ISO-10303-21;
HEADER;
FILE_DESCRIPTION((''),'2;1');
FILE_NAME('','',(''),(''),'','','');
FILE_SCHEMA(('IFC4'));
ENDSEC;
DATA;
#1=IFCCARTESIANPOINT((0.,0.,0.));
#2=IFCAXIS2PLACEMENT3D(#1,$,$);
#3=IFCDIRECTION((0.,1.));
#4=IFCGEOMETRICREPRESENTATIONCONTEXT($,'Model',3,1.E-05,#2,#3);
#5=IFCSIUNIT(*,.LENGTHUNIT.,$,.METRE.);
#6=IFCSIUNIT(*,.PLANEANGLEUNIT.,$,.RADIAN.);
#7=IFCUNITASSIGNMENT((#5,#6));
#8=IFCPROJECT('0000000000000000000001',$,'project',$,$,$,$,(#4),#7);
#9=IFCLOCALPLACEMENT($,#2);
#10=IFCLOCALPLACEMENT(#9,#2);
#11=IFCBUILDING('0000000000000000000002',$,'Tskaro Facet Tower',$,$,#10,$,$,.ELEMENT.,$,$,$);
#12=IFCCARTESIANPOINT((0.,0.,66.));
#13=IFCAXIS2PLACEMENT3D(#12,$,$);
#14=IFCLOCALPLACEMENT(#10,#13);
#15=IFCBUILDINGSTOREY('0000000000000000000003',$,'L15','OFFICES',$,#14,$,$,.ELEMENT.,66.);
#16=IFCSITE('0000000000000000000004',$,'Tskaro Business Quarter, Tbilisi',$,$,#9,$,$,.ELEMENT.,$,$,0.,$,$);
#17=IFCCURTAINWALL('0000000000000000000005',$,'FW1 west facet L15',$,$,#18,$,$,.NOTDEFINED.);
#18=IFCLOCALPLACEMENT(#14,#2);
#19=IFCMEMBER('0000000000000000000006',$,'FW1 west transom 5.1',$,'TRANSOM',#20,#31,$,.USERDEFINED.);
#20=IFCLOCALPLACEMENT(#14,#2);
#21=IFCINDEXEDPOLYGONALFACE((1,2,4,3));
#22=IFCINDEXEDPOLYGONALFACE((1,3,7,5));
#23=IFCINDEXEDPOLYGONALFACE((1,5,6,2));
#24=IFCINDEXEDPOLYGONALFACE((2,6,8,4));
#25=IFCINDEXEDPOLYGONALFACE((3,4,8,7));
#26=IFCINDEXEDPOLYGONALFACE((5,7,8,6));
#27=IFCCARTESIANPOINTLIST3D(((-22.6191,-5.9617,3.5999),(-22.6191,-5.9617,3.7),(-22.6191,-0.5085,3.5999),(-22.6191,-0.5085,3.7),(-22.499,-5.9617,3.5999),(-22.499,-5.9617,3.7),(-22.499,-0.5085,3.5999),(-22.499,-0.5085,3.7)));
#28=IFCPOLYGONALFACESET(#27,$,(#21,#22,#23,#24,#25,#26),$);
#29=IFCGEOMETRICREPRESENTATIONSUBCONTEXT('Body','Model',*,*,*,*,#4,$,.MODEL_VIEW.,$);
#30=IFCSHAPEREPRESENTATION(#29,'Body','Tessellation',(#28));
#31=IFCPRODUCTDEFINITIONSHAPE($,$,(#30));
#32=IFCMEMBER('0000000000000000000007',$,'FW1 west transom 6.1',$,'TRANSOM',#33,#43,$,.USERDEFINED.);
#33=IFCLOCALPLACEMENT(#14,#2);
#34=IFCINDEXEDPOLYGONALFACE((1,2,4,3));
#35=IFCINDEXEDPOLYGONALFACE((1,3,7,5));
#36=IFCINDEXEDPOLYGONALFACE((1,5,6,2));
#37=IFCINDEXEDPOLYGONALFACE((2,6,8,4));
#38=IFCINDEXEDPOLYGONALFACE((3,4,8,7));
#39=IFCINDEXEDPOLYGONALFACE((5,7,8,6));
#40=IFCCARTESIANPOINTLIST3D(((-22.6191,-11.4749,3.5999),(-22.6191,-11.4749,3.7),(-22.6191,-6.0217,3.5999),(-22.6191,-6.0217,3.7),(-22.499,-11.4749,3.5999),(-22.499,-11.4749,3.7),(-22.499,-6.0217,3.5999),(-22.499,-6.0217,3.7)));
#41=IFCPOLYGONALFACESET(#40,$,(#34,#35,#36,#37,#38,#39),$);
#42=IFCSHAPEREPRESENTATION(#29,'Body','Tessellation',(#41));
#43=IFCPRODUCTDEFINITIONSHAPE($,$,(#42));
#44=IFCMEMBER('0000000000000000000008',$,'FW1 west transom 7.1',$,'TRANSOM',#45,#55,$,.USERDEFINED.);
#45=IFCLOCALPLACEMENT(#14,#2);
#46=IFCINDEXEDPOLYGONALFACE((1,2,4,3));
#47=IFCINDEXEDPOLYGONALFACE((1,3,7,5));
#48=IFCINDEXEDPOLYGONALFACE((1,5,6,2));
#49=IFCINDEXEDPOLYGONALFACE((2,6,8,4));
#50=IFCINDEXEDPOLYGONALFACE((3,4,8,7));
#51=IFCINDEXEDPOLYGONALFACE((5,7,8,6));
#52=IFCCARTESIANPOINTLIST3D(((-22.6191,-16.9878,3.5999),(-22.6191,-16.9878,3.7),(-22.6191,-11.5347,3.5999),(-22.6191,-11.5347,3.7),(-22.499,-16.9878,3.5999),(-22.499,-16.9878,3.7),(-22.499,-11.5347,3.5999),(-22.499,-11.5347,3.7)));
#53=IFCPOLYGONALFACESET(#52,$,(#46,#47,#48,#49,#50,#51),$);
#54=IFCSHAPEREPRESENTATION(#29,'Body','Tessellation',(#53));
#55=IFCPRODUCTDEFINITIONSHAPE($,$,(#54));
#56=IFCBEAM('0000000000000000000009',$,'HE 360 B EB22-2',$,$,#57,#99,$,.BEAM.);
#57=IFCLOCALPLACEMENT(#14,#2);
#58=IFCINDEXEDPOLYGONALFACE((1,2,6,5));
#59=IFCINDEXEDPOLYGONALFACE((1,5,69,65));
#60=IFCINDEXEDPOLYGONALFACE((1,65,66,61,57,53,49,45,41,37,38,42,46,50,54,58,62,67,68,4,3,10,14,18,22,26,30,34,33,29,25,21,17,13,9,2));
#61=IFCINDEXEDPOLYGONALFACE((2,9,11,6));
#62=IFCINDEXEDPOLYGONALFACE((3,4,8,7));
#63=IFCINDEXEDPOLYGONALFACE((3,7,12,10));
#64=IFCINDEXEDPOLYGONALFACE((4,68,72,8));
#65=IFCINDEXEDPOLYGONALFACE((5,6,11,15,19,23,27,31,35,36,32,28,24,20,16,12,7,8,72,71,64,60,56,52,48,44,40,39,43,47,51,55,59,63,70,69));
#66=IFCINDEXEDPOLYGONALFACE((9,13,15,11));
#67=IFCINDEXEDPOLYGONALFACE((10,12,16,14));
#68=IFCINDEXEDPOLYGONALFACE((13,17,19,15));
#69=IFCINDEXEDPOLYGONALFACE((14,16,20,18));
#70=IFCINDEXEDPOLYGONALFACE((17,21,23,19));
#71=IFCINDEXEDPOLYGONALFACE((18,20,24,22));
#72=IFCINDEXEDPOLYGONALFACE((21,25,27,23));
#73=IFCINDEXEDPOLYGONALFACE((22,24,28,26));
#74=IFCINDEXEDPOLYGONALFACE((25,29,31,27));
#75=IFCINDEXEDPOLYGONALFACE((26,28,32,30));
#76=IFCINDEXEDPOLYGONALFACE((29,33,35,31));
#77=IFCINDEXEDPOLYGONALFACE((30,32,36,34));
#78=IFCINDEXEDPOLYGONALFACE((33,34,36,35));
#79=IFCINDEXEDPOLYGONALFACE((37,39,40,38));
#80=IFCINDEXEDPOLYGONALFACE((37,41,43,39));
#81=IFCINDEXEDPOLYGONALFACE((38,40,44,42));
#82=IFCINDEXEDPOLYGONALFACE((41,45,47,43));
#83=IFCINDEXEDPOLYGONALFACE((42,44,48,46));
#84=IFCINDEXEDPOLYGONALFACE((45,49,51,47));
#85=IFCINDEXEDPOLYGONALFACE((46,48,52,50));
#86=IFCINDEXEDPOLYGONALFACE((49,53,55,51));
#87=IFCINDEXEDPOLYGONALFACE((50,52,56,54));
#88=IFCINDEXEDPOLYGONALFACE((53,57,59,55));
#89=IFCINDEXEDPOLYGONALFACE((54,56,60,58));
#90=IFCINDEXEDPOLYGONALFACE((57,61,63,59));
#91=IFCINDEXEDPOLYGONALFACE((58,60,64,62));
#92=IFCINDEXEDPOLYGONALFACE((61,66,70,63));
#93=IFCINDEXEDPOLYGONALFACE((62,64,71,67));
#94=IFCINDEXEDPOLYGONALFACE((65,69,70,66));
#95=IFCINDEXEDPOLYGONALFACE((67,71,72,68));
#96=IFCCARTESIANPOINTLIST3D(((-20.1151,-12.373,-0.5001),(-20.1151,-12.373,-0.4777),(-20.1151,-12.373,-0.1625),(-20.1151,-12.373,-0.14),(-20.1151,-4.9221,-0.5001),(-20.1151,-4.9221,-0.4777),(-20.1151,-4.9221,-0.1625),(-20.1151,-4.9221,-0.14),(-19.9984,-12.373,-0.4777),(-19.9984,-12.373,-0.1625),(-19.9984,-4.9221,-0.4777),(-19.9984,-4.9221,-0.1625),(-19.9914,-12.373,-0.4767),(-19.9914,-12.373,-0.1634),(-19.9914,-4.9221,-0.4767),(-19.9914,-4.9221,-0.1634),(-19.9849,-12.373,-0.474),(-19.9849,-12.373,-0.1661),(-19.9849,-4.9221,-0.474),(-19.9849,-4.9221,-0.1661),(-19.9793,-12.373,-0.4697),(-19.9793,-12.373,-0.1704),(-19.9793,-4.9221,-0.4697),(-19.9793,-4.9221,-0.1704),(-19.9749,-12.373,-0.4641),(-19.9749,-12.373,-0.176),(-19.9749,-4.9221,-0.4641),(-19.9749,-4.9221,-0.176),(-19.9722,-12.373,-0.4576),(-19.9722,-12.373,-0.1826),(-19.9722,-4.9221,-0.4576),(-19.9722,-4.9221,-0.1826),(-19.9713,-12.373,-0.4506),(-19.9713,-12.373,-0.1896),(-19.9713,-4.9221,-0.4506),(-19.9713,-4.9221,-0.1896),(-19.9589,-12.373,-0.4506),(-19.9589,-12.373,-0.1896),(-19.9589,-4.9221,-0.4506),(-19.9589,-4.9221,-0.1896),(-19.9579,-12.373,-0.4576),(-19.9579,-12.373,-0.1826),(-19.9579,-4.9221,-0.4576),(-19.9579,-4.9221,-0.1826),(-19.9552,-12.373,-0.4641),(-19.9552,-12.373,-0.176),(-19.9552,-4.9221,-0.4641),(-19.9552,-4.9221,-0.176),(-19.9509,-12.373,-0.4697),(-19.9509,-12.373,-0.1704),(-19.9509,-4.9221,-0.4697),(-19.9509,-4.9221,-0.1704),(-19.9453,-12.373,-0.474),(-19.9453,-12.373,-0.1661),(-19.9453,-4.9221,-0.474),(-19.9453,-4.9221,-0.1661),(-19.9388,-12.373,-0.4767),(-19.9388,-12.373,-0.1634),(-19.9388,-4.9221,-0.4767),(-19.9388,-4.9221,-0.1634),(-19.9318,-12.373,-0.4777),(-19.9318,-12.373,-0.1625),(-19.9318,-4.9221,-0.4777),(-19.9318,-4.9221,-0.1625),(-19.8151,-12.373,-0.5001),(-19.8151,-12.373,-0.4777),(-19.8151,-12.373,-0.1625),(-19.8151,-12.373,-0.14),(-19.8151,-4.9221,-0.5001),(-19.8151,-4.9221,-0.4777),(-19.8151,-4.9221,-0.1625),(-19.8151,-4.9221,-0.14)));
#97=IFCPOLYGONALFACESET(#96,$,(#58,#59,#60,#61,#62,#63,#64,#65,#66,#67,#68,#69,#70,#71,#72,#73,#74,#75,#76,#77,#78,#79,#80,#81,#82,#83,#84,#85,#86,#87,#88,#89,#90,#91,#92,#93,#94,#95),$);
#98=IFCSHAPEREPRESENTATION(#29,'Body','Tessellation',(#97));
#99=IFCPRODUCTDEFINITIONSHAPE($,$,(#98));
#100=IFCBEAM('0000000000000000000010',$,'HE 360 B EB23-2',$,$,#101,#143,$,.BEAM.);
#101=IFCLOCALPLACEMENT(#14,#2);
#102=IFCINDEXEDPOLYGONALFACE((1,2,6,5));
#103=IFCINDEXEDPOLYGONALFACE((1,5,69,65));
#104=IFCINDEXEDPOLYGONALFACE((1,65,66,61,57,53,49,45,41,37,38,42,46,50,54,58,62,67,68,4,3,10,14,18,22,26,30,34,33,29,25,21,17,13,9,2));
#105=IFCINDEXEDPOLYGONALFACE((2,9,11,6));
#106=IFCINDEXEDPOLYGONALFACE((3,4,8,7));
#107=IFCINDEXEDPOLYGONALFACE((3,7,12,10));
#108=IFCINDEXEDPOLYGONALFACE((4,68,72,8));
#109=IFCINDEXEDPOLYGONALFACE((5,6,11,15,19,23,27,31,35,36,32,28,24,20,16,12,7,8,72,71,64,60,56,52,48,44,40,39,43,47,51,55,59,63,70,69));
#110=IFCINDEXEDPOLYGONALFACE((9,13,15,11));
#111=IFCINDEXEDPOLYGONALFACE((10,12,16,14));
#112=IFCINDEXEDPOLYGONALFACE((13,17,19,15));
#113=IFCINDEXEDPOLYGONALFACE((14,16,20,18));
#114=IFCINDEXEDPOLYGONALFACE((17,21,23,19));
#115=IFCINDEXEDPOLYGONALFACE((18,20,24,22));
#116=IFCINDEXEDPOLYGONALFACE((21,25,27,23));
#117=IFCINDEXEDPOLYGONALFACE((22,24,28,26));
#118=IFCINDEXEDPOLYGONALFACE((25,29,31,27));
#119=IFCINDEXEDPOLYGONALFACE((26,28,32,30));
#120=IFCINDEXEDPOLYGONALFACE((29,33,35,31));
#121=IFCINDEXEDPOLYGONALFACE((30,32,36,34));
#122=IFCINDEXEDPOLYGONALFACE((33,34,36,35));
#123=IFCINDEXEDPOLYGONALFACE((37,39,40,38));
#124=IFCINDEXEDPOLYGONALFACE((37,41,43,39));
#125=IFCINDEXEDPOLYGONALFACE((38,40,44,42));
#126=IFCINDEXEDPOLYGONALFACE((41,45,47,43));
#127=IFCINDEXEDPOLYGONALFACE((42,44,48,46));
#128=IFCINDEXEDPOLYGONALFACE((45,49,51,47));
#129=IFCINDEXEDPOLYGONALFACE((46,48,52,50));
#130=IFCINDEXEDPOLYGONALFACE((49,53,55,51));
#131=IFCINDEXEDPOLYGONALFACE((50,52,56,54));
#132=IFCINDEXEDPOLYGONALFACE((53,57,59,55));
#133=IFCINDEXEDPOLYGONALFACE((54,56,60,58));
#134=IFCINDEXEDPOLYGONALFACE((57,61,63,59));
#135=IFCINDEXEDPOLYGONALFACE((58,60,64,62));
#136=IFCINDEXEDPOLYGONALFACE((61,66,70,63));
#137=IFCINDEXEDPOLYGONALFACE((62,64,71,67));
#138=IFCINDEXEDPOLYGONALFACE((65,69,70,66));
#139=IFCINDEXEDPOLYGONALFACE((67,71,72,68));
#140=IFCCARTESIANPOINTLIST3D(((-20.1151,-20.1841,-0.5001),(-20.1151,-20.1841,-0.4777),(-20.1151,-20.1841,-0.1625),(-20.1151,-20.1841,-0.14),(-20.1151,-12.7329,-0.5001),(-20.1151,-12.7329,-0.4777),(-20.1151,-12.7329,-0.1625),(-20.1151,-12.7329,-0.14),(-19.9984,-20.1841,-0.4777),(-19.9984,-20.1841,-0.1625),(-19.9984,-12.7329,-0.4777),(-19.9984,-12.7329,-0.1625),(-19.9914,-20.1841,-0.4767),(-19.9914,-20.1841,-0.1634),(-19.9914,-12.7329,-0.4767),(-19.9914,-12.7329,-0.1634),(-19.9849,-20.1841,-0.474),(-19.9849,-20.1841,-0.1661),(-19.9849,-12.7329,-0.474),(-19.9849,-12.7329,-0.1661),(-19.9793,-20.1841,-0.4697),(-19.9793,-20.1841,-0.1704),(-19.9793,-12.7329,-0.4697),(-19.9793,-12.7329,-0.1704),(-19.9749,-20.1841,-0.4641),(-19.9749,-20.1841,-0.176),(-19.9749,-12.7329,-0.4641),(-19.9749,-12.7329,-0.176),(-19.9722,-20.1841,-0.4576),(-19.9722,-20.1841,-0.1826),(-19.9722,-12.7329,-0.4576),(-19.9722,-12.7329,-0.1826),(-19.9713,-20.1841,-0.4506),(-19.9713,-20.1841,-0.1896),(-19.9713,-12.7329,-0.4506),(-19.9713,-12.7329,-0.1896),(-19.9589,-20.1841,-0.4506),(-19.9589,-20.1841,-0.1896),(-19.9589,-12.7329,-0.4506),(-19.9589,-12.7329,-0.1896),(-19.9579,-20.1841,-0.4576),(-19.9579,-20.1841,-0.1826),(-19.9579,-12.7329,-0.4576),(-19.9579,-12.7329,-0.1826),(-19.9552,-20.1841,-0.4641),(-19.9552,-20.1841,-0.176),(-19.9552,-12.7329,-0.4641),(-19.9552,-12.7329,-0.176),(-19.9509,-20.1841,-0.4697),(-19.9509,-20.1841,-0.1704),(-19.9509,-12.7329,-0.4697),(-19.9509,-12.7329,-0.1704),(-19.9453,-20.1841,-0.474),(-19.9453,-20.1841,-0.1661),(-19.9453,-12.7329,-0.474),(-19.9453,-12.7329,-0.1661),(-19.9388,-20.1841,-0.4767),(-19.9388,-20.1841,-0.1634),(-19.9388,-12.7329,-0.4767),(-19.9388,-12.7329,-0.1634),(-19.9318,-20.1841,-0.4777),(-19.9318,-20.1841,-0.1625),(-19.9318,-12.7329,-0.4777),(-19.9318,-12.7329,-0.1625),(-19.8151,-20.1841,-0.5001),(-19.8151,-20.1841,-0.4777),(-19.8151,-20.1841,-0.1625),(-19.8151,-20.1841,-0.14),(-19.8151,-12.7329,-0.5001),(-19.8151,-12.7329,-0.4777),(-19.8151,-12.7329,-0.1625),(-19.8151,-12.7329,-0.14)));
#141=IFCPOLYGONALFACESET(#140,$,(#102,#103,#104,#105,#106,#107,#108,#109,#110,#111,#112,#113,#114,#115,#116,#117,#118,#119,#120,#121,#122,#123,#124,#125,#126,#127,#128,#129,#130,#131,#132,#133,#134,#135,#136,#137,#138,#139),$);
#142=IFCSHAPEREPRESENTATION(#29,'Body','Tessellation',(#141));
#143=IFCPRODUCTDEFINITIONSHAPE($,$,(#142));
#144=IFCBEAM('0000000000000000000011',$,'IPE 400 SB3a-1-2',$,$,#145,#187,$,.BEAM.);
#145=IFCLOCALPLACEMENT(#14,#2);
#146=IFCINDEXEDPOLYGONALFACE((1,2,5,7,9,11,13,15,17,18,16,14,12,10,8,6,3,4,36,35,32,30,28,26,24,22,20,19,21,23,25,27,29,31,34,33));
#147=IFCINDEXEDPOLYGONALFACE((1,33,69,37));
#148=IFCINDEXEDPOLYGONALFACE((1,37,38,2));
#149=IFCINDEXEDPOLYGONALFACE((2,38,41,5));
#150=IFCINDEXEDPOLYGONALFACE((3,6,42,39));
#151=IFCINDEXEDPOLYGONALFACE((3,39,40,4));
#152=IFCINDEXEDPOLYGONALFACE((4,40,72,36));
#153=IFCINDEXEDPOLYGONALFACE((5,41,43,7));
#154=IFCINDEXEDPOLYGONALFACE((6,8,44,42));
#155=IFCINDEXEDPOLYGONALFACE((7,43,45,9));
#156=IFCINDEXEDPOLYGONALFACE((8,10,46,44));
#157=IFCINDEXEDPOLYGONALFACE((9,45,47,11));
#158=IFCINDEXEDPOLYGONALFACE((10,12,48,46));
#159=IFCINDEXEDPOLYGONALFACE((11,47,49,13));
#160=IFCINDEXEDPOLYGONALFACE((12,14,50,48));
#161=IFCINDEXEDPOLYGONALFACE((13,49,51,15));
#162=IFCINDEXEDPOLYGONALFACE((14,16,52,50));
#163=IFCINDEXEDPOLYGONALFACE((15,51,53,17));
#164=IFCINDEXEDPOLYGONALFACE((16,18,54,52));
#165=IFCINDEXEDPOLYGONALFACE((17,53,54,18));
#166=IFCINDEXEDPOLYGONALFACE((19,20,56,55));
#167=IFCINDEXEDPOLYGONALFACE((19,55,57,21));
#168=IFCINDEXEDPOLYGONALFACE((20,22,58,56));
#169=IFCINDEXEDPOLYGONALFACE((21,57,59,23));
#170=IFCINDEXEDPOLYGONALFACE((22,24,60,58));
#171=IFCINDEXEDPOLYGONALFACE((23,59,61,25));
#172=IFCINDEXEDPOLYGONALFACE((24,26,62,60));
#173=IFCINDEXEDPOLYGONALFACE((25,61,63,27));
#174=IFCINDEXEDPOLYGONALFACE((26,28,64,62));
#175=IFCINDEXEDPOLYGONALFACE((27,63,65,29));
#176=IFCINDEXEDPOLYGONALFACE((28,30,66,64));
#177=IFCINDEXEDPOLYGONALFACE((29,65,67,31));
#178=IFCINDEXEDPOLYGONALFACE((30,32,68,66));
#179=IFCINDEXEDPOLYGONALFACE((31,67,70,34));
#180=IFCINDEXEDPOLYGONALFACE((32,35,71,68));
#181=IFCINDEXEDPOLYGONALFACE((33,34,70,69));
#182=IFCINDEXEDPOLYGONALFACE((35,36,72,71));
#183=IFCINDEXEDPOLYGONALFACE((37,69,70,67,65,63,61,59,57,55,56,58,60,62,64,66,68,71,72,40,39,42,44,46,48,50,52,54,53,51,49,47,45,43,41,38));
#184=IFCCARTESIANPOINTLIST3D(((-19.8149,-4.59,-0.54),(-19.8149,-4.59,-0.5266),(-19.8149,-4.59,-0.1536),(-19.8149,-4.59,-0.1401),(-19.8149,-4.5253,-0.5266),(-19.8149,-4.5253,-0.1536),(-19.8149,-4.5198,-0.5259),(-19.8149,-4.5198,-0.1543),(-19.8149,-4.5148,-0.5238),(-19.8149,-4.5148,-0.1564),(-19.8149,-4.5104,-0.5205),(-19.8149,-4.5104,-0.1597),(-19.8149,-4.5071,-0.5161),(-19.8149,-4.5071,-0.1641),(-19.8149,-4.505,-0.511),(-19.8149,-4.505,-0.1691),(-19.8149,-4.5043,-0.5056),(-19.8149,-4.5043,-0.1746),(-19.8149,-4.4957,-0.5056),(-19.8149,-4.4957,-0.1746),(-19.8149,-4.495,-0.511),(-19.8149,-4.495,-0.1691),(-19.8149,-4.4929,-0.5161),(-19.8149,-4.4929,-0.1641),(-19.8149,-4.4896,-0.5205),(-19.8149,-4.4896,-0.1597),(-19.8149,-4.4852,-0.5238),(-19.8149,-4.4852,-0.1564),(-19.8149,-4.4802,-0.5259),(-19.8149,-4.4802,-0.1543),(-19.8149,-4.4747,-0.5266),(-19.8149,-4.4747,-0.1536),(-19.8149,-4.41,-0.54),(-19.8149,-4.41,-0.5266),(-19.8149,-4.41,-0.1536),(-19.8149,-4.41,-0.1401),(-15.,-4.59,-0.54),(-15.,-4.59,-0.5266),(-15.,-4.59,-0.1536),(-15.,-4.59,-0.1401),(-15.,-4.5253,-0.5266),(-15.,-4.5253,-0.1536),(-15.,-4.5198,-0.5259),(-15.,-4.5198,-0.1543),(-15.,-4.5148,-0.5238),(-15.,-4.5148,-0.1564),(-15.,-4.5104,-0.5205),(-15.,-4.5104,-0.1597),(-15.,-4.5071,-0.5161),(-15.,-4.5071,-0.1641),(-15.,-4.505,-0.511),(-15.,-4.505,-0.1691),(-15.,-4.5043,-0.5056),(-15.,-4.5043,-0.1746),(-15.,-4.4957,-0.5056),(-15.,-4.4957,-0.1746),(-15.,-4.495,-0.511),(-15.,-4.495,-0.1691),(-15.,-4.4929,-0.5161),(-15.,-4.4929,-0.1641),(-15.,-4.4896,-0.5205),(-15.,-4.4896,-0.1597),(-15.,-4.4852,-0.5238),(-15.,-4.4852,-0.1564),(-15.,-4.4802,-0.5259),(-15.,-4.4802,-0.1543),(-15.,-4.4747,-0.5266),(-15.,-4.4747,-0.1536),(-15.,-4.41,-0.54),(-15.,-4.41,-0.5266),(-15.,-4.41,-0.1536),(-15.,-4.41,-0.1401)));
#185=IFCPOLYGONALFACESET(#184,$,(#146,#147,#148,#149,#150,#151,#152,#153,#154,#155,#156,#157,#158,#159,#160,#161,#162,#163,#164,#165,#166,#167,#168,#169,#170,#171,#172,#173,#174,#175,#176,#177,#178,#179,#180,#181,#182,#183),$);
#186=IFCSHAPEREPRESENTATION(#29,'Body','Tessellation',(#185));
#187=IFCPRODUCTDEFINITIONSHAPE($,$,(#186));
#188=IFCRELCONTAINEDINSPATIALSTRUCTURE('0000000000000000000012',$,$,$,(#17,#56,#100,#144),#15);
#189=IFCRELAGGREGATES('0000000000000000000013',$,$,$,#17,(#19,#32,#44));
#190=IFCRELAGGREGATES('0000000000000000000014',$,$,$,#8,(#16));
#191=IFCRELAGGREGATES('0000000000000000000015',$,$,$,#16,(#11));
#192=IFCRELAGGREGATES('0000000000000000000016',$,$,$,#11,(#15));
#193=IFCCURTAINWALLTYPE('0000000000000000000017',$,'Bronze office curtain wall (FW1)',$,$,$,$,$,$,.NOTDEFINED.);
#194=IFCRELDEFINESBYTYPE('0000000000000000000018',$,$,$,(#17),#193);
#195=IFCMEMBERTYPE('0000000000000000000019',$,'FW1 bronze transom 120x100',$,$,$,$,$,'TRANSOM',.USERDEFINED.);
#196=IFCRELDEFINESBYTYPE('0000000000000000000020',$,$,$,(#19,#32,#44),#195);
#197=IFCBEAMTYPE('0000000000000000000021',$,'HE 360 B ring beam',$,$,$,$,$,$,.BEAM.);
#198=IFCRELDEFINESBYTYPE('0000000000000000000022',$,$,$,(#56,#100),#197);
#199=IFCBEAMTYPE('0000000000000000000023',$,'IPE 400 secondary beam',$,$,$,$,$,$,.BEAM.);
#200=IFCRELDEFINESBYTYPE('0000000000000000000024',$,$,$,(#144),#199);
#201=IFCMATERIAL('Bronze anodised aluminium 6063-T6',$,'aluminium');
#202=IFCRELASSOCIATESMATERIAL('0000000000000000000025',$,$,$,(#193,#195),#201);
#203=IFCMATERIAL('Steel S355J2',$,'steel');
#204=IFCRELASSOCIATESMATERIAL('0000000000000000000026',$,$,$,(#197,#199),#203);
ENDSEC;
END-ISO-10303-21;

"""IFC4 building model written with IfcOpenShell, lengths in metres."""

from ifc_helpers import new_model, si_unit, direction, frame, origin, origin_2d, place, context, subcontext, project, spatial, rectangle, i_section, extrude, material, material_profile, profile_set, type_object, element, aggregate, save


model = new_model("IFC4")

# Units and contexts
model_context = context("Model", 3, precision=1e-05, world=origin(), true_north=direction((0.0, 1.0)))
body_context = subcontext(model_context, "Body", "Model", "MODEL_VIEW")
ifc_project = project(units=[si_unit("LENGTHUNIT", "METRE"), si_unit("PLANEANGLEUNIT", "RADIAN")], contexts=[model_context])

# Site, building, storey
site_placement = place(None, origin())
site = spatial("IfcSite", under=ifc_project, at=site_placement, Name="Tskaro Business Quarter, Tbilisi", CompositionType="ELEMENT", RefElevation=0.0)
building_placement = place(site_placement, origin())
building = spatial("IfcBuilding", under=site, at=building_placement, Name="Tskaro Facet Tower", CompositionType="ELEMENT")
storey_placement = place(building_placement, frame((0.0, 0.0, 66.0)))
storey = spatial("IfcBuildingStorey", under=building, at=storey_placement, Name="L15", Description="OFFICES", CompositionType="ELEMENT", Elevation=66.0)

# Curtain wall, members
ifc_material_1 = material(Name="Bronze anodised aluminium 6063-T6", Category="aluminium")
curtain_wall_type = type_object("IfcCurtainWallType", Name="Bronze office curtain wall (FW1)", PredefinedType="NOTDEFINED", material=ifc_material_1)
curtain_wall_placement = place(storey_placement, origin())
curtain_wall = element("IfcCurtainWall", 1, at=curtain_wall_placement, inside=storey, type_object=curtain_wall_type, Name="FW1 west facet L15", PredefinedType="NOTDEFINED")
ifc_material_profile_1 = material_profile(ifc_material_1, rectangle(XDim=0.1201, YDim=0.1001, at=origin_2d()), Name="Transom 120x100")
ifc_profile_set_1 = profile_set([ifc_material_profile_1], Name="Bronze anodised aluminium 6063-T6")
member_type_1 = type_object("IfcMemberType", Name="FW1 bronze transom 120x100", ElementType="TRANSOM", PredefinedType="USERDEFINED", material=ifc_profile_set_1)
member_1_placement = place(storey_placement, frame((-22.5591, -0.5085, 3.6499), z_axis=(0.0, -1.0, 0.0), x_axis=(1.0, 0.0, 0.0)))
member_1 = element("IfcMember", 2, at=member_1_placement, type_object=member_type_1, Name="FW1 west transom 5.1", ObjectType="TRANSOM", PredefinedType="USERDEFINED", context=body_context, shape_type="SweptSolid", body=[
    extrude(rectangle(XDim=0.1201, YDim=0.1001, at=origin_2d()), origin(), (0.0, 0.0, 1.0), 5.4531),
])
member_2_placement = place(storey_placement, frame((-22.5591, -6.0217, 3.6499), z_axis=(0.0, -1.0, 0.0), x_axis=(1.0, 0.0, 0.0)))
member_2 = element("IfcMember", 3, at=member_2_placement, type_object=member_type_1, Name="FW1 west transom 6.1", ObjectType="TRANSOM", PredefinedType="USERDEFINED", context=body_context, shape_type="SweptSolid", body=[
    extrude(rectangle(XDim=0.1201, YDim=0.1001, at=origin_2d()), origin(), (0.0, 0.0, 1.0), 5.4531),
])
member_3_placement = place(storey_placement, frame((-22.5591, -11.5347, 3.6499), z_axis=(0.0, -1.0, 0.0), x_axis=(1.0, 0.0, 0.0)))
member_3 = element("IfcMember", 4, at=member_3_placement, type_object=member_type_1, Name="FW1 west transom 7.1", ObjectType="TRANSOM", PredefinedType="USERDEFINED", context=body_context, shape_type="SweptSolid", body=[
    extrude(rectangle(XDim=0.1201, YDim=0.1001, at=origin_2d()), origin(), (0.0, 0.0, 1.0), 5.4531),
])

# Beams
ifc_material_2 = material(Name="Steel S355J2", Category="steel")
ifc_material_profile_2 = material_profile(ifc_material_2, i_section(OverallWidth=0.3, OverallDepth=0.3601, WebThickness=0.0125, FlangeThickness=0.0225, FilletRadius=0.0271, at=origin_2d()), Name="HE 360 B")
ifc_profile_set_2 = profile_set([ifc_material_profile_2], Name="Steel S355J2")
beam_type_1 = type_object("IfcBeamType", Name="HE 360 B ring beam", PredefinedType="BEAM", material=ifc_profile_set_2)
beam_1_placement = place(storey_placement, frame((-19.9651, -4.9221, -0.3201), z_axis=(0.0, -1.0, 0.0), x_axis=(1.0, 0.0, 0.0)))
element("IfcBeam", 5, at=beam_1_placement, inside=storey, type_object=beam_type_1, Name="HE 360 B EB22-2", PredefinedType="BEAM", context=body_context, shape_type="SweptSolid", body=[
    extrude(i_section(OverallWidth=0.3, OverallDepth=0.3601, WebThickness=0.0125, FlangeThickness=0.0225, FilletRadius=0.0271, at=origin_2d()), origin(), (0.0, 0.0, 1.0), 7.4509),
])
beam_2_placement = place(storey_placement, frame((-19.9651, -12.7329, -0.3201), z_axis=(0.0, -1.0, 0.0), x_axis=(1.0, 0.0, 0.0)))
element("IfcBeam", 6, at=beam_2_placement, inside=storey, type_object=beam_type_1, Name="HE 360 B EB23-2", PredefinedType="BEAM", context=body_context, shape_type="SweptSolid", body=[
    extrude(i_section(OverallWidth=0.3, OverallDepth=0.3601, WebThickness=0.0125, FlangeThickness=0.0225, FilletRadius=0.0271, at=origin_2d()), origin(), (0.0, 0.0, 1.0), 7.4512),
])
ifc_material_profile_3 = material_profile(ifc_material_2, i_section(OverallWidth=0.1799, OverallDepth=0.3999, WebThickness=0.0085, FlangeThickness=0.0134, FilletRadius=0.021, at=origin_2d()), Name="IPE 400")
ifc_profile_set_3 = profile_set([ifc_material_profile_3], Name="Steel S355J2")
beam_type_2 = type_object("IfcBeamType", Name="IPE 400 secondary beam", PredefinedType="BEAM", material=ifc_profile_set_3)
beam_3_placement = place(storey_placement, frame((-19.8149, -4.5, -0.3401), z_axis=(1.0, 0.0, 0.0), x_axis=(0.0, 1.0, 0.0)))
element("IfcBeam", 7, at=beam_3_placement, inside=storey, type_object=beam_type_2, Name="IPE 400 SB3a-1-2", PredefinedType="BEAM", context=body_context, shape_type="SweptSolid", body=[
    extrude(i_section(OverallWidth=0.1799, OverallDepth=0.3999, WebThickness=0.0085, FlangeThickness=0.0134, FilletRadius=0.021, at=origin_2d()), origin(), (0.0, 0.0, 1.0), 4.8149),
])

aggregate(curtain_wall, [member_1, member_2, member_3])

save(model, "model.ifc")
